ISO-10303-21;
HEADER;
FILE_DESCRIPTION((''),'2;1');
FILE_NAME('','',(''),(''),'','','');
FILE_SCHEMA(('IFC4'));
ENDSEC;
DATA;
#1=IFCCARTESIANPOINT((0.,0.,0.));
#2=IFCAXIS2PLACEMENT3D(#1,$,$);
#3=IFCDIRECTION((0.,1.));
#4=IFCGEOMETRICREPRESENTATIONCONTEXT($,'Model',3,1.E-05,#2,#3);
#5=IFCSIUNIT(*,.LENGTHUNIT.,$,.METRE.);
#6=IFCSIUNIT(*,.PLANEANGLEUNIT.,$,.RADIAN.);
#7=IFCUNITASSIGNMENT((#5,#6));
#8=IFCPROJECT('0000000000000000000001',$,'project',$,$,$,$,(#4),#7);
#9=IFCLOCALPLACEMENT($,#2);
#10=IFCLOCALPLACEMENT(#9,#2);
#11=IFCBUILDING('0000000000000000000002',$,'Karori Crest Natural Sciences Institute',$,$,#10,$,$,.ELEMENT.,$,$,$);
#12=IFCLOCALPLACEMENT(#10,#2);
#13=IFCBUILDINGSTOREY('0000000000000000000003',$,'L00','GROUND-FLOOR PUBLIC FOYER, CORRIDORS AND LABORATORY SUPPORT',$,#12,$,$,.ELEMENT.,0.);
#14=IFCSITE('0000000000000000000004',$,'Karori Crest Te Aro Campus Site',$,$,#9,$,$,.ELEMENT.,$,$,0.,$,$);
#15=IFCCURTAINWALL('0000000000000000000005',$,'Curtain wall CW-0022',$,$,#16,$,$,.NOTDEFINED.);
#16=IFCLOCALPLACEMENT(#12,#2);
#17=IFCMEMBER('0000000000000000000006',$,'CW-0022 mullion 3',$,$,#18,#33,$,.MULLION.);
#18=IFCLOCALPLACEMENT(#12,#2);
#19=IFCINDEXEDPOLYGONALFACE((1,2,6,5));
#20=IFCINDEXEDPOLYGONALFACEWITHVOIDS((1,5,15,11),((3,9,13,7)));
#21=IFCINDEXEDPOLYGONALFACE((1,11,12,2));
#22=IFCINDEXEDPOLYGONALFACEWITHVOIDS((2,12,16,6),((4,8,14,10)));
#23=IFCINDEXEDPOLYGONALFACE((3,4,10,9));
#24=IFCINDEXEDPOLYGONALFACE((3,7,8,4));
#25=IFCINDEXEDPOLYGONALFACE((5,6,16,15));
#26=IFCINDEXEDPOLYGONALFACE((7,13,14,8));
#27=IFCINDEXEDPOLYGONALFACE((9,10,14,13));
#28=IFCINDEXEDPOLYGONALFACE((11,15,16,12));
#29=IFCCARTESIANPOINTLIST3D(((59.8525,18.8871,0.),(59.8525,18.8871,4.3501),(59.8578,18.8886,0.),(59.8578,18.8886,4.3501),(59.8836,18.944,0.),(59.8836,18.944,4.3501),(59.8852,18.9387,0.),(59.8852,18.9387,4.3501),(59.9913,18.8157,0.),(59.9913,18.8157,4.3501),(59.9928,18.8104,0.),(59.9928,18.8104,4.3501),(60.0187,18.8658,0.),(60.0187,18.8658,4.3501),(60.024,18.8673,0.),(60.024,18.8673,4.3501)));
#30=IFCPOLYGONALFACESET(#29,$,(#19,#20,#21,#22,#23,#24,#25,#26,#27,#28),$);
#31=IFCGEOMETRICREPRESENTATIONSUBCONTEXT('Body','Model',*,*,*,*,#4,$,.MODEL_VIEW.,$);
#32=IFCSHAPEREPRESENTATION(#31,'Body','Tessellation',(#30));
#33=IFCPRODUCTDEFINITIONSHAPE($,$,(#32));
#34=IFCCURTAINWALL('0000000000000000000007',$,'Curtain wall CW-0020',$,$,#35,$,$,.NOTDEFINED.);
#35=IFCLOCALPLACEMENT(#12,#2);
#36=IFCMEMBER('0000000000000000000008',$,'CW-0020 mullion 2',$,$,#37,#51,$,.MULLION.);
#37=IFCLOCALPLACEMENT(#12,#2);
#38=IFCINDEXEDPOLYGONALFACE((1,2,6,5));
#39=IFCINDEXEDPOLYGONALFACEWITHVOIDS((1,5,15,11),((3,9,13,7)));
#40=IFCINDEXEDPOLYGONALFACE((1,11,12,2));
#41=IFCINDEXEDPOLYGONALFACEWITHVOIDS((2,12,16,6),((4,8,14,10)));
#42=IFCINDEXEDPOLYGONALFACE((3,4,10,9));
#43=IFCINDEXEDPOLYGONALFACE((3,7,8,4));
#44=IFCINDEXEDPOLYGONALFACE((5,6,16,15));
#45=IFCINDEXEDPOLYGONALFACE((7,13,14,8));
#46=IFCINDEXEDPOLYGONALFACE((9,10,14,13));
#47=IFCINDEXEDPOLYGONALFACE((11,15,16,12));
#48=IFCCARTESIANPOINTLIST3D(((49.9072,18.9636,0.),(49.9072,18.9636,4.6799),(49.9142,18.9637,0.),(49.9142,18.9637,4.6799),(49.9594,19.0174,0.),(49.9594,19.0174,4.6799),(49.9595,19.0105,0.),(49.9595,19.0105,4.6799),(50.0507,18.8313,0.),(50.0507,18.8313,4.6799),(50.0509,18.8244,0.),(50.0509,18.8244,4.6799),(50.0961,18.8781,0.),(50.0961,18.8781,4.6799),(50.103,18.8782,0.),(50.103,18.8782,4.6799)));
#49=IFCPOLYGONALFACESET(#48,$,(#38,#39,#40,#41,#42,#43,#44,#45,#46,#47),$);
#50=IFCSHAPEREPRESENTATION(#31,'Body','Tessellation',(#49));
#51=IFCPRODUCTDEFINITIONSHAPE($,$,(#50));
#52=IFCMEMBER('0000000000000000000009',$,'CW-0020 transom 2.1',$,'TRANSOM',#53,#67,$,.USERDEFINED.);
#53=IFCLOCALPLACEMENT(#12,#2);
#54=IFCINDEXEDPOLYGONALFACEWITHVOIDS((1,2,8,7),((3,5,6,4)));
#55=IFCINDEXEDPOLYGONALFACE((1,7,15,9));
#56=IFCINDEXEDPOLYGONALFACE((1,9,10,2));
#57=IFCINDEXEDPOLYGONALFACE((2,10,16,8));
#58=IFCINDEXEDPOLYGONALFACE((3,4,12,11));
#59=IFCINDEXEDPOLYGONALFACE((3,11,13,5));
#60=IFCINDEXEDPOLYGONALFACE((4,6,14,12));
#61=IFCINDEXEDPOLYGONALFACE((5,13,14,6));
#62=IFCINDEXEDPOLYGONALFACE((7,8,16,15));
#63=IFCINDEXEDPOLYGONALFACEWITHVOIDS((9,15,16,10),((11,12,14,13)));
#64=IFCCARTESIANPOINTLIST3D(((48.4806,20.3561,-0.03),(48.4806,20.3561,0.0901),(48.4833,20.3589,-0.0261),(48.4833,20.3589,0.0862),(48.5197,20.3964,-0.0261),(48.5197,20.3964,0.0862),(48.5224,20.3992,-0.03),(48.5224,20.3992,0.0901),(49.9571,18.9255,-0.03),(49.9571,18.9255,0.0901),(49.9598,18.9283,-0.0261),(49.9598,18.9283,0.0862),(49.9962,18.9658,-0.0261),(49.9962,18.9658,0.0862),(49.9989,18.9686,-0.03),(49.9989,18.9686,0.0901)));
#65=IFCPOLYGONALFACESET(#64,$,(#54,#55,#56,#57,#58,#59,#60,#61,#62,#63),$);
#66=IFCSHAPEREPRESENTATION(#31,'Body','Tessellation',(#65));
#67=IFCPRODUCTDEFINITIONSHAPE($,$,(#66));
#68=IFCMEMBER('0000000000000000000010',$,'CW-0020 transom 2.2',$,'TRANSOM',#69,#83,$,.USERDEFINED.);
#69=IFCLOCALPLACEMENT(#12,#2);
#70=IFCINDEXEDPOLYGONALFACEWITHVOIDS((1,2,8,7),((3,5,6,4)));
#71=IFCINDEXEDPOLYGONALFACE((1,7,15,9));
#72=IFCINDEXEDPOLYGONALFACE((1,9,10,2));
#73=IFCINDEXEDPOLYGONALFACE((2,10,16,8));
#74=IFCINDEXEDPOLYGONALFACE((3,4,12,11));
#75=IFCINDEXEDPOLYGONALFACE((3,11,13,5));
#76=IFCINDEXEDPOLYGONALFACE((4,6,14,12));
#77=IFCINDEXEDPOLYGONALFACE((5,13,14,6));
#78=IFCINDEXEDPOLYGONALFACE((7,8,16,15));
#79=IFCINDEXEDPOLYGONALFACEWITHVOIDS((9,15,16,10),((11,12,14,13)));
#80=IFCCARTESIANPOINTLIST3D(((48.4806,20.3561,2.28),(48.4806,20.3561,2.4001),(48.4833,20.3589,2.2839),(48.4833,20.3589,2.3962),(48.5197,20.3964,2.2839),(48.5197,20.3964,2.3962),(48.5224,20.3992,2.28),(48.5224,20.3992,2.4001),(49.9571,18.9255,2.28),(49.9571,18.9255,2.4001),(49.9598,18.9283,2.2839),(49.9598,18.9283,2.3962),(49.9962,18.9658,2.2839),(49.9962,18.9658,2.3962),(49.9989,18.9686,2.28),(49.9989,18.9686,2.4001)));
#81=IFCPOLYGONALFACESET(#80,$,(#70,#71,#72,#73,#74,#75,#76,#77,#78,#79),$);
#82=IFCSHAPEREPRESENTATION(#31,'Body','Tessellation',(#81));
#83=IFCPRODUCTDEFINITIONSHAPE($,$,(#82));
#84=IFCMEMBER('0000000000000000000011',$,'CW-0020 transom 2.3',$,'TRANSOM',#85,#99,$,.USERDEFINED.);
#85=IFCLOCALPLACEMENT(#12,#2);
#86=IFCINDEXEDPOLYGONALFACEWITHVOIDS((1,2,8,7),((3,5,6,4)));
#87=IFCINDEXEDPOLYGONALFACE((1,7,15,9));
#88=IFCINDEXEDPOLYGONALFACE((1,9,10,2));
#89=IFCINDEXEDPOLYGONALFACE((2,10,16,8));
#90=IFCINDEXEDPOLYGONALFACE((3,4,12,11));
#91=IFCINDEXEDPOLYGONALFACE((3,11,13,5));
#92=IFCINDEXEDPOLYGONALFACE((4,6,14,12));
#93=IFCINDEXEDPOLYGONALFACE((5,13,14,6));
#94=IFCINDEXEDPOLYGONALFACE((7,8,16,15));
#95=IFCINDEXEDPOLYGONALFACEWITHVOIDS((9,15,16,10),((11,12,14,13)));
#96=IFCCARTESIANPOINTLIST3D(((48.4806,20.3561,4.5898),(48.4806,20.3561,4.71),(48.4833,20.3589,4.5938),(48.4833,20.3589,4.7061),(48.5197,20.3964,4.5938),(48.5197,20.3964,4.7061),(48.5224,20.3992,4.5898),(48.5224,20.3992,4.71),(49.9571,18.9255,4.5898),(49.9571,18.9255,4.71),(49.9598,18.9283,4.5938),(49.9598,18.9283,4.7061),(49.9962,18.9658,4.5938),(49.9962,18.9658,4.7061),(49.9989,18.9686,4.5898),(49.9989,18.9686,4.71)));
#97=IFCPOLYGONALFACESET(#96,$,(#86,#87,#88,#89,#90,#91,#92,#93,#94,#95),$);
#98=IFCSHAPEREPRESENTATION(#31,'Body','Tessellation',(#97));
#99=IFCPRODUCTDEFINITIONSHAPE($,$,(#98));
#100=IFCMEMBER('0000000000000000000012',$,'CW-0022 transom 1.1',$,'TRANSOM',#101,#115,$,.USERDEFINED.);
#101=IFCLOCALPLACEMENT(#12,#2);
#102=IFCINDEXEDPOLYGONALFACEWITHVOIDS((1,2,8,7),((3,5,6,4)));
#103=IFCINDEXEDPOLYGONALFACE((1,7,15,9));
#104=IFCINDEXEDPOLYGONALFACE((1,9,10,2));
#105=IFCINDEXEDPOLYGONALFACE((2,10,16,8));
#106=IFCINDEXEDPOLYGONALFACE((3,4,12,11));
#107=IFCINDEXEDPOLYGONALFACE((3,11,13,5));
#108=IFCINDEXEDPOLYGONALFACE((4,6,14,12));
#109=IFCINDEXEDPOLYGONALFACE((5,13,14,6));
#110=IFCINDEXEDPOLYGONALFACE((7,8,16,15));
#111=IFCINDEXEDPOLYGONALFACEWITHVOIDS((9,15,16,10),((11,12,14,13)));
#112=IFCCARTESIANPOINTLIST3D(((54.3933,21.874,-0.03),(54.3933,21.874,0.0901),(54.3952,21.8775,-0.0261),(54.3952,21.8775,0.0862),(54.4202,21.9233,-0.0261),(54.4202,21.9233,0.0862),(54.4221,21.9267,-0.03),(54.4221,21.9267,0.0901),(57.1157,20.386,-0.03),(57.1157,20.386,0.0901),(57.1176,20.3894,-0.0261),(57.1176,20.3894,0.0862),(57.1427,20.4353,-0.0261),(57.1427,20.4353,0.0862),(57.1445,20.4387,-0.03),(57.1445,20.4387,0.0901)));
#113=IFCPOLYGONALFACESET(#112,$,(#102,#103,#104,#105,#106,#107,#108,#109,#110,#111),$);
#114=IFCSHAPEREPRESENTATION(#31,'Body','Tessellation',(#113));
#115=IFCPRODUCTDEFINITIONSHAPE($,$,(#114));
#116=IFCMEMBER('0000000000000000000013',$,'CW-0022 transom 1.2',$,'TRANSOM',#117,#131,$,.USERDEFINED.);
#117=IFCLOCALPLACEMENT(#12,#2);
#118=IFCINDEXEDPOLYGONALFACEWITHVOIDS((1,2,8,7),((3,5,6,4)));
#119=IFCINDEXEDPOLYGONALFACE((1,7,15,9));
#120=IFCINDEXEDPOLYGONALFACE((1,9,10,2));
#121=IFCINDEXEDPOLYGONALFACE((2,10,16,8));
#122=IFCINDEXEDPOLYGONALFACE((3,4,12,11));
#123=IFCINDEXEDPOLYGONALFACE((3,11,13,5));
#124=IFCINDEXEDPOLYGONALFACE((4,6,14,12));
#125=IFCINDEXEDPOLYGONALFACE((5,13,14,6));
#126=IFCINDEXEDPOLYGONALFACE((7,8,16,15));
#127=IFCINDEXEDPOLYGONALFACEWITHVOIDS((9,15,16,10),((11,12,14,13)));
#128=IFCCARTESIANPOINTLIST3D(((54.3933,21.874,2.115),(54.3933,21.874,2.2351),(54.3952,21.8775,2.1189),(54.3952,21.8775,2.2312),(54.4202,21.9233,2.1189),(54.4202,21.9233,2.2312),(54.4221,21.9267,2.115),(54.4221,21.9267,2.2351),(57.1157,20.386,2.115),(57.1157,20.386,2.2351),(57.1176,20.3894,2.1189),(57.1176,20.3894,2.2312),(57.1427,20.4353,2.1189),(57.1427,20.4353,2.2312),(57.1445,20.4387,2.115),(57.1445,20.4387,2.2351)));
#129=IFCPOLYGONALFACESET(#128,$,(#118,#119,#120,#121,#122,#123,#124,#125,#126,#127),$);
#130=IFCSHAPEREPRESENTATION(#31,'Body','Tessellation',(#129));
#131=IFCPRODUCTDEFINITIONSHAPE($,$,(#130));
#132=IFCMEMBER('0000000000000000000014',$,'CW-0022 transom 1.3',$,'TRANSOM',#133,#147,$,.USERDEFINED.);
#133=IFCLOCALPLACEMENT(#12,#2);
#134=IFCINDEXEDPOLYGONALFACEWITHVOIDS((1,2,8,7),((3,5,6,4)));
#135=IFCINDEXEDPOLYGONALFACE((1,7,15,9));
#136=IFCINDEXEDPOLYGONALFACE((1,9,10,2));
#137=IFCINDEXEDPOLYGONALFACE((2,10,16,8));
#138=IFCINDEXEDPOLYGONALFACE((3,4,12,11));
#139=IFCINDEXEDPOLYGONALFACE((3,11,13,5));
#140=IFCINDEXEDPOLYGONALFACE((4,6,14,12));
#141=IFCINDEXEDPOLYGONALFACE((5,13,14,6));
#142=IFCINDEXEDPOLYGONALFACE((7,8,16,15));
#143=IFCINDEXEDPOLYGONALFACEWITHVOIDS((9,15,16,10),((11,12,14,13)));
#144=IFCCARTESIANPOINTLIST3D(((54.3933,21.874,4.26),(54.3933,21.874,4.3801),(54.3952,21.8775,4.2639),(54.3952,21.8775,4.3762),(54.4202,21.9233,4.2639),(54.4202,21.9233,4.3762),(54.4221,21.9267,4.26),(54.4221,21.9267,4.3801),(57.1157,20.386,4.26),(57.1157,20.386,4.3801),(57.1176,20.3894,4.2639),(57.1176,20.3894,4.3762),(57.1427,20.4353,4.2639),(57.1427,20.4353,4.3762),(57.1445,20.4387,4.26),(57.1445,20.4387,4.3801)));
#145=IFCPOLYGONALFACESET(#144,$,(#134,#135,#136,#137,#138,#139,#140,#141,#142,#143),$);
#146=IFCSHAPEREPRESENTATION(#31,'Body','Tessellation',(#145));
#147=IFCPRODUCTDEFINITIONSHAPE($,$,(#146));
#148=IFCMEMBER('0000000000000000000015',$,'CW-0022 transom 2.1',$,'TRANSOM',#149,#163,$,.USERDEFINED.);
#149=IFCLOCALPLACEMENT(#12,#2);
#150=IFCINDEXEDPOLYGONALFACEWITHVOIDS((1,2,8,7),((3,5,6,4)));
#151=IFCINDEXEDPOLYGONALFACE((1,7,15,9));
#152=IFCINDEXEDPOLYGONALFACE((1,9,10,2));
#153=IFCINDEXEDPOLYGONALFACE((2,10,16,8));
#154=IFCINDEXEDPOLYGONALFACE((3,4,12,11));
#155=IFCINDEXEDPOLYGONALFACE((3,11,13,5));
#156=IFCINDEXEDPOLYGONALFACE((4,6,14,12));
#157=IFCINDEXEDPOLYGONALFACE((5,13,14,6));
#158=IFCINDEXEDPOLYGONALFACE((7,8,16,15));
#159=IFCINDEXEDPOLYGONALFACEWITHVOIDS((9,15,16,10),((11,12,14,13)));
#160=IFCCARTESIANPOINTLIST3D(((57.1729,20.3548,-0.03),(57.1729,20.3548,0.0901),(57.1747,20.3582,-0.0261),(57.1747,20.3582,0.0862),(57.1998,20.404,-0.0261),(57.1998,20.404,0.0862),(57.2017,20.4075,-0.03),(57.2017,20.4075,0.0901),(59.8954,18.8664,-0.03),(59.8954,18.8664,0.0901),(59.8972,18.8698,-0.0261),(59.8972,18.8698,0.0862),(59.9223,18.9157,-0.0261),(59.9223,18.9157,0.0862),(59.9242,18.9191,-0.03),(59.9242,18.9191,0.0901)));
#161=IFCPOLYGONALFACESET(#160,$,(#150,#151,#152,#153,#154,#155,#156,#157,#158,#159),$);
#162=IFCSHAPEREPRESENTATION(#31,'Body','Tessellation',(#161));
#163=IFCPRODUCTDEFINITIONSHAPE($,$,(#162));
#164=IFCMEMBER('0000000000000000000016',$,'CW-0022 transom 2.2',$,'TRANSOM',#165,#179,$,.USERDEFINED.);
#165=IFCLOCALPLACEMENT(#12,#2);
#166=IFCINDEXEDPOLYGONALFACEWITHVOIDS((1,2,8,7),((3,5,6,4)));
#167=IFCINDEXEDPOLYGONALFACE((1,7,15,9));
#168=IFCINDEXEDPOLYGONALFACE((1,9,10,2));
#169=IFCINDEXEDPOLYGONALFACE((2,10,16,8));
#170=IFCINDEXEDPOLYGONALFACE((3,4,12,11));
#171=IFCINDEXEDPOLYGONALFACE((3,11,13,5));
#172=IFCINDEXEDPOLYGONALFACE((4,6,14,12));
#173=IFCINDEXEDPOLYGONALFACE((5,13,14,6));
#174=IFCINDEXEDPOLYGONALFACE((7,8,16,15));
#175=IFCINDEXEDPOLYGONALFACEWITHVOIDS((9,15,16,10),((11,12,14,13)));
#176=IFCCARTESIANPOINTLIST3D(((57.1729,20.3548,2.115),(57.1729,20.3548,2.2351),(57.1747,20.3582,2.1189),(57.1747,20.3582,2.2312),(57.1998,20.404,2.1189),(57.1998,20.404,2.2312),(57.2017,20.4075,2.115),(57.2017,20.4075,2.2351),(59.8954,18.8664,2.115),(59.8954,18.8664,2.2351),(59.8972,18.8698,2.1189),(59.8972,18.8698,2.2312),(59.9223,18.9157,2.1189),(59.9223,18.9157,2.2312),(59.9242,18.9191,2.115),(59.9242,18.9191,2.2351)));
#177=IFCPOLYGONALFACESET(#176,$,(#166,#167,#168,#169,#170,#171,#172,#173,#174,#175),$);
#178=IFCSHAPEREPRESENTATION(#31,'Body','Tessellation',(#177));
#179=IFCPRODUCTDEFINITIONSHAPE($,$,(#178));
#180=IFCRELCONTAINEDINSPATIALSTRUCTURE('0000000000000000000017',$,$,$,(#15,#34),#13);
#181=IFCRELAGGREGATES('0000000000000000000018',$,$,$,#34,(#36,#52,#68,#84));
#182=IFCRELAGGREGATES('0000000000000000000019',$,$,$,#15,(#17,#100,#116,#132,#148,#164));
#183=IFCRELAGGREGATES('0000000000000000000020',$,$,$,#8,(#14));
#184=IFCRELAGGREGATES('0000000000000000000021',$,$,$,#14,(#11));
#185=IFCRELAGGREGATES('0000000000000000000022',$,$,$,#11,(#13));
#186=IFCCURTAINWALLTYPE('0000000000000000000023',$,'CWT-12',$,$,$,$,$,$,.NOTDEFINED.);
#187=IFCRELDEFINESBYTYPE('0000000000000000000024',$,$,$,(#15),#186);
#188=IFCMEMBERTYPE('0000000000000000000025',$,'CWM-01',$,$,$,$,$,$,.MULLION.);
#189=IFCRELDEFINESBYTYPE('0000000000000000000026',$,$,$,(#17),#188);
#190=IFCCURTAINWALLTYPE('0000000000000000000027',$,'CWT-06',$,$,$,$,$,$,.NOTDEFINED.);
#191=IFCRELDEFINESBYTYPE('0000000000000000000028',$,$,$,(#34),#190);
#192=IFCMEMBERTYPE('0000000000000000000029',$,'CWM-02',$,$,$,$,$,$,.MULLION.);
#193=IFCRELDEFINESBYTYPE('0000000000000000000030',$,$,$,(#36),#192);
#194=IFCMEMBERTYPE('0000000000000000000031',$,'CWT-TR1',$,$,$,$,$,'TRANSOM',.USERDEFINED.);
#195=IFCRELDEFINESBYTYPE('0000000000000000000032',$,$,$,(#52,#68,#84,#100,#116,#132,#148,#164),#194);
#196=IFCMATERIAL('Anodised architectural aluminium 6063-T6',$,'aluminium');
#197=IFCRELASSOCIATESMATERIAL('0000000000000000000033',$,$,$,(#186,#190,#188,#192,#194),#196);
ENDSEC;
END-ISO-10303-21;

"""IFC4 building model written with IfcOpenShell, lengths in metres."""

from ifc_helpers import new_model, si_unit, direction, frame, origin, origin_2d, place, context, subcontext, project, spatial, hollow_rectangle, extrude, material, material_profile, profile_set, type_object, element, aggregate, save


model = new_model("IFC4")

# Units and contexts
model_context = context("Model", 3, precision=1e-05, world=origin(), true_north=direction((0.0, 1.0)))
body_context = subcontext(model_context, "Body", "Model", "MODEL_VIEW")
ifc_project = project(units=[si_unit("LENGTHUNIT", "METRE"), si_unit("PLANEANGLEUNIT", "RADIAN")], contexts=[model_context])

# Site, building, storey
site_placement = place(None, origin())
site = spatial("IfcSite", under=ifc_project, at=site_placement, Name="Karori Crest Te Aro Campus Site", CompositionType="ELEMENT", RefElevation=0.0)
building_placement = place(site_placement, origin())
building = spatial("IfcBuilding", under=site, at=building_placement, Name="Karori Crest Natural Sciences Institute", CompositionType="ELEMENT")
storey_placement = place(building_placement, origin())
storey = spatial("IfcBuildingStorey", under=building, at=storey_placement, Name="L00", Description="GROUND-FLOOR PUBLIC FOYER, CORRIDORS AND LABORATORY SUPPORT", CompositionType="ELEMENT", Elevation=0.0)

# Curtain walls, members
ifc_material_1 = material(Name="Anodised architectural aluminium 6063-T6", Category="aluminium")
curtain_wall_type_1 = type_object("IfcCurtainWallType", Name="CWT-12", PredefinedType="NOTDEFINED", material=ifc_material_1)
curtain_wall_1_placement = place(storey_placement, origin())
curtain_wall_1 = element("IfcCurtainWall", 1, at=curtain_wall_1_placement, inside=storey, type_object=curtain_wall_type_1, Name="Curtain wall CW-0022", PredefinedType="NOTDEFINED")
ifc_material_profile_1 = material_profile(ifc_material_1, hollow_rectangle(XDim=0.0649, YDim=0.1599, WallThickness=0.0039, at=origin_2d()), Name="CWM160x65x4")
ifc_profile_set_1 = profile_set([ifc_material_profile_1], Name="Anodised architectural aluminium 6063-T6")
member_type_1 = type_object("IfcMemberType", Name="CWM-01", PredefinedType="MULLION", material=ifc_profile_set_1)
member_1_placement = place(storey_placement, frame((59.9382, 18.8772, 0.0), z_axis=(0.0, 0.0, 1.0), x_axis=(0.479643, 0.877464, 0.0)))
member_1 = element("IfcMember", 2, at=member_1_placement, type_object=member_type_1, Name="CW-0022 mullion 3", PredefinedType="MULLION", context=body_context, shape_type="SweptSolid", body=[
    extrude(hollow_rectangle(XDim=0.0649, YDim=0.1599, WallThickness=0.0039, at=origin_2d()), origin(), (0.0, 0.0, 1.0), 4.3501),
])
curtain_wall_type_2 = type_object("IfcCurtainWallType", Name="CWT-06", PredefinedType="NOTDEFINED", material=ifc_material_1)
curtain_wall_2_placement = place(storey_placement, origin())
curtain_wall_2 = element("IfcCurtainWall", 3, at=curtain_wall_2_placement, inside=storey, type_object=curtain_wall_type_2, Name="Curtain wall CW-0020", PredefinedType="NOTDEFINED")
ifc_material_profile_2 = material_profile(ifc_material_1, hollow_rectangle(XDim=0.075, YDim=0.2, WallThickness=0.0049, at=origin_2d()), Name="CWM200x75x5")
ifc_profile_set_2 = profile_set([ifc_material_profile_2], Name="Anodised architectural aluminium 6063-T6")
member_type_2 = type_object("IfcMemberType", Name="CWM-02", PredefinedType="MULLION", material=ifc_profile_set_2)
member_2_placement = place(storey_placement, frame((50.0051, 18.9209, 0.0), z_axis=(0.0, 0.0, 1.0), x_axis=(-0.695839, -0.718198, 0.0)))
member_2 = element("IfcMember", 4, at=member_2_placement, type_object=member_type_2, Name="CW-0020 mullion 2", PredefinedType="MULLION", context=body_context, shape_type="SweptSolid", body=[
    extrude(hollow_rectangle(XDim=0.075, YDim=0.2, WallThickness=0.0049, at=origin_2d()), origin(), (0.0, 0.0, 1.0), 4.6799),
])
ifc_material_profile_3 = material_profile(ifc_material_1, hollow_rectangle(XDim=0.0601, YDim=0.1201, WallThickness=0.0039, at=origin_2d()), Name="CWT120x60x4")
ifc_profile_set_3 = profile_set([ifc_material_profile_3], Name="Anodised architectural aluminium 6063-T6")
member_type_3 = type_object("IfcMemberType", Name="CWT-TR1", ElementType="TRANSOM", PredefinedType="USERDEFINED", material=ifc_profile_set_3)
member_3_placement = place(storey_placement, frame((49.978, 18.947, 0.03), z_axis=(-0.718181, 0.695856, 0.0), x_axis=(-0.695856, -0.718181, 0.0)))
member_3 = element("IfcMember", 5, at=member_3_placement, type_object=member_type_3, Name="CW-0020 transom 2.1", ObjectType="TRANSOM", PredefinedType="USERDEFINED", context=body_context, shape_type="SweptSolid", body=[
    extrude(hollow_rectangle(XDim=0.0601, YDim=0.1201, WallThickness=0.0039, at=origin_2d()), origin(), (0.0, 0.0, 1.0), 2.0559),
])
member_4_placement = place(storey_placement, frame((49.978, 18.947, 2.3401), z_axis=(-0.718181, 0.695856, 0.0), x_axis=(-0.695856, -0.718181, 0.0)))
member_4 = element("IfcMember", 6, at=member_4_placement, type_object=member_type_3, Name="CW-0020 transom 2.2", ObjectType="TRANSOM", PredefinedType="USERDEFINED", context=body_context, shape_type="SweptSolid", body=[
    extrude(hollow_rectangle(XDim=0.0601, YDim=0.1201, WallThickness=0.0039, at=origin_2d()), origin(), (0.0, 0.0, 1.0), 2.0559),
])
member_5_placement = place(storey_placement, frame((49.978, 18.947, 4.6499), z_axis=(-0.718181, 0.695856, 0.0), x_axis=(-0.695856, -0.718181, 0.0)))
member_5 = element("IfcMember", 7, at=member_5_placement, type_object=member_type_3, Name="CW-0020 transom 2.3", ObjectType="TRANSOM", PredefinedType="USERDEFINED", context=body_context, shape_type="SweptSolid", body=[
    extrude(hollow_rectangle(XDim=0.0601, YDim=0.1201, WallThickness=0.0039, at=origin_2d()), origin(), (0.0, 0.0, 1.0), 2.0559),
])
aggregate(curtain_wall_2, [member_2, member_3, member_4, member_5])

# Members
member_6_placement = place(storey_placement, frame((54.4077, 21.9004, 0.03), z_axis=(0.877477, -0.479618, 0.0), x_axis=(0.479618, 0.877477, 0.0)))
member_6 = element("IfcMember", 8, at=member_6_placement, type_object=member_type_3, Name="CW-0022 transom 1.1", ObjectType="TRANSOM", PredefinedType="USERDEFINED", context=body_context, shape_type="SweptSolid", body=[
    extrude(hollow_rectangle(XDim=0.0601, YDim=0.1201, WallThickness=0.0039, at=origin_2d()), origin(), (0.0, 0.0, 1.0), 3.1025),
])
member_7_placement = place(storey_placement, frame((54.4077, 21.9004, 2.175), z_axis=(0.877477, -0.479618, 0.0), x_axis=(0.479618, 0.877477, 0.0)))
member_7 = element("IfcMember", 9, at=member_7_placement, type_object=member_type_3, Name="CW-0022 transom 1.2", ObjectType="TRANSOM", PredefinedType="USERDEFINED", context=body_context, shape_type="SweptSolid", body=[
    extrude(hollow_rectangle(XDim=0.0601, YDim=0.1201, WallThickness=0.0039, at=origin_2d()), origin(), (0.0, 0.0, 1.0), 3.1025),
])
member_8_placement = place(storey_placement, frame((54.4077, 21.9004, 4.3201), z_axis=(0.877477, -0.479618, 0.0), x_axis=(0.479618, 0.877477, 0.0)))
member_8 = element("IfcMember", 10, at=member_8_placement, type_object=member_type_3, Name="CW-0022 transom 1.3", ObjectType="TRANSOM", PredefinedType="USERDEFINED", context=body_context, shape_type="SweptSolid", body=[
    extrude(hollow_rectangle(XDim=0.0601, YDim=0.1201, WallThickness=0.0039, at=origin_2d()), origin(), (0.0, 0.0, 1.0), 3.1025),
])
member_9_placement = place(storey_placement, frame((57.1873, 20.3811, 0.03), z_axis=(0.877444, -0.479679, 0.0), x_axis=(0.479679, 0.877444, 0.0)))
member_9 = element("IfcMember", 11, at=member_9_placement, type_object=member_type_3, Name="CW-0022 transom 2.1", ObjectType="TRANSOM", PredefinedType="USERDEFINED", context=body_context, shape_type="SweptSolid", body=[
    extrude(hollow_rectangle(XDim=0.0601, YDim=0.1201, WallThickness=0.0039, at=origin_2d()), origin(), (0.0, 0.0, 1.0), 3.1028),
])
member_10_placement = place(storey_placement, frame((57.1873, 20.3811, 2.175), z_axis=(0.877444, -0.479679, 0.0), x_axis=(0.479679, 0.877444, 0.0)))
member_10 = element("IfcMember", 12, at=member_10_placement, type_object=member_type_3, Name="CW-0022 transom 2.2", ObjectType="TRANSOM", PredefinedType="USERDEFINED", context=body_context, shape_type="SweptSolid", body=[
    extrude(hollow_rectangle(XDim=0.0601, YDim=0.1201, WallThickness=0.0039, at=origin_2d()), origin(), (0.0, 0.0, 1.0), 3.1028),
])

aggregate(curtain_wall_1, [member_1, member_6, member_7, member_8, member_9, member_10])

save(model, "model.ifc")
